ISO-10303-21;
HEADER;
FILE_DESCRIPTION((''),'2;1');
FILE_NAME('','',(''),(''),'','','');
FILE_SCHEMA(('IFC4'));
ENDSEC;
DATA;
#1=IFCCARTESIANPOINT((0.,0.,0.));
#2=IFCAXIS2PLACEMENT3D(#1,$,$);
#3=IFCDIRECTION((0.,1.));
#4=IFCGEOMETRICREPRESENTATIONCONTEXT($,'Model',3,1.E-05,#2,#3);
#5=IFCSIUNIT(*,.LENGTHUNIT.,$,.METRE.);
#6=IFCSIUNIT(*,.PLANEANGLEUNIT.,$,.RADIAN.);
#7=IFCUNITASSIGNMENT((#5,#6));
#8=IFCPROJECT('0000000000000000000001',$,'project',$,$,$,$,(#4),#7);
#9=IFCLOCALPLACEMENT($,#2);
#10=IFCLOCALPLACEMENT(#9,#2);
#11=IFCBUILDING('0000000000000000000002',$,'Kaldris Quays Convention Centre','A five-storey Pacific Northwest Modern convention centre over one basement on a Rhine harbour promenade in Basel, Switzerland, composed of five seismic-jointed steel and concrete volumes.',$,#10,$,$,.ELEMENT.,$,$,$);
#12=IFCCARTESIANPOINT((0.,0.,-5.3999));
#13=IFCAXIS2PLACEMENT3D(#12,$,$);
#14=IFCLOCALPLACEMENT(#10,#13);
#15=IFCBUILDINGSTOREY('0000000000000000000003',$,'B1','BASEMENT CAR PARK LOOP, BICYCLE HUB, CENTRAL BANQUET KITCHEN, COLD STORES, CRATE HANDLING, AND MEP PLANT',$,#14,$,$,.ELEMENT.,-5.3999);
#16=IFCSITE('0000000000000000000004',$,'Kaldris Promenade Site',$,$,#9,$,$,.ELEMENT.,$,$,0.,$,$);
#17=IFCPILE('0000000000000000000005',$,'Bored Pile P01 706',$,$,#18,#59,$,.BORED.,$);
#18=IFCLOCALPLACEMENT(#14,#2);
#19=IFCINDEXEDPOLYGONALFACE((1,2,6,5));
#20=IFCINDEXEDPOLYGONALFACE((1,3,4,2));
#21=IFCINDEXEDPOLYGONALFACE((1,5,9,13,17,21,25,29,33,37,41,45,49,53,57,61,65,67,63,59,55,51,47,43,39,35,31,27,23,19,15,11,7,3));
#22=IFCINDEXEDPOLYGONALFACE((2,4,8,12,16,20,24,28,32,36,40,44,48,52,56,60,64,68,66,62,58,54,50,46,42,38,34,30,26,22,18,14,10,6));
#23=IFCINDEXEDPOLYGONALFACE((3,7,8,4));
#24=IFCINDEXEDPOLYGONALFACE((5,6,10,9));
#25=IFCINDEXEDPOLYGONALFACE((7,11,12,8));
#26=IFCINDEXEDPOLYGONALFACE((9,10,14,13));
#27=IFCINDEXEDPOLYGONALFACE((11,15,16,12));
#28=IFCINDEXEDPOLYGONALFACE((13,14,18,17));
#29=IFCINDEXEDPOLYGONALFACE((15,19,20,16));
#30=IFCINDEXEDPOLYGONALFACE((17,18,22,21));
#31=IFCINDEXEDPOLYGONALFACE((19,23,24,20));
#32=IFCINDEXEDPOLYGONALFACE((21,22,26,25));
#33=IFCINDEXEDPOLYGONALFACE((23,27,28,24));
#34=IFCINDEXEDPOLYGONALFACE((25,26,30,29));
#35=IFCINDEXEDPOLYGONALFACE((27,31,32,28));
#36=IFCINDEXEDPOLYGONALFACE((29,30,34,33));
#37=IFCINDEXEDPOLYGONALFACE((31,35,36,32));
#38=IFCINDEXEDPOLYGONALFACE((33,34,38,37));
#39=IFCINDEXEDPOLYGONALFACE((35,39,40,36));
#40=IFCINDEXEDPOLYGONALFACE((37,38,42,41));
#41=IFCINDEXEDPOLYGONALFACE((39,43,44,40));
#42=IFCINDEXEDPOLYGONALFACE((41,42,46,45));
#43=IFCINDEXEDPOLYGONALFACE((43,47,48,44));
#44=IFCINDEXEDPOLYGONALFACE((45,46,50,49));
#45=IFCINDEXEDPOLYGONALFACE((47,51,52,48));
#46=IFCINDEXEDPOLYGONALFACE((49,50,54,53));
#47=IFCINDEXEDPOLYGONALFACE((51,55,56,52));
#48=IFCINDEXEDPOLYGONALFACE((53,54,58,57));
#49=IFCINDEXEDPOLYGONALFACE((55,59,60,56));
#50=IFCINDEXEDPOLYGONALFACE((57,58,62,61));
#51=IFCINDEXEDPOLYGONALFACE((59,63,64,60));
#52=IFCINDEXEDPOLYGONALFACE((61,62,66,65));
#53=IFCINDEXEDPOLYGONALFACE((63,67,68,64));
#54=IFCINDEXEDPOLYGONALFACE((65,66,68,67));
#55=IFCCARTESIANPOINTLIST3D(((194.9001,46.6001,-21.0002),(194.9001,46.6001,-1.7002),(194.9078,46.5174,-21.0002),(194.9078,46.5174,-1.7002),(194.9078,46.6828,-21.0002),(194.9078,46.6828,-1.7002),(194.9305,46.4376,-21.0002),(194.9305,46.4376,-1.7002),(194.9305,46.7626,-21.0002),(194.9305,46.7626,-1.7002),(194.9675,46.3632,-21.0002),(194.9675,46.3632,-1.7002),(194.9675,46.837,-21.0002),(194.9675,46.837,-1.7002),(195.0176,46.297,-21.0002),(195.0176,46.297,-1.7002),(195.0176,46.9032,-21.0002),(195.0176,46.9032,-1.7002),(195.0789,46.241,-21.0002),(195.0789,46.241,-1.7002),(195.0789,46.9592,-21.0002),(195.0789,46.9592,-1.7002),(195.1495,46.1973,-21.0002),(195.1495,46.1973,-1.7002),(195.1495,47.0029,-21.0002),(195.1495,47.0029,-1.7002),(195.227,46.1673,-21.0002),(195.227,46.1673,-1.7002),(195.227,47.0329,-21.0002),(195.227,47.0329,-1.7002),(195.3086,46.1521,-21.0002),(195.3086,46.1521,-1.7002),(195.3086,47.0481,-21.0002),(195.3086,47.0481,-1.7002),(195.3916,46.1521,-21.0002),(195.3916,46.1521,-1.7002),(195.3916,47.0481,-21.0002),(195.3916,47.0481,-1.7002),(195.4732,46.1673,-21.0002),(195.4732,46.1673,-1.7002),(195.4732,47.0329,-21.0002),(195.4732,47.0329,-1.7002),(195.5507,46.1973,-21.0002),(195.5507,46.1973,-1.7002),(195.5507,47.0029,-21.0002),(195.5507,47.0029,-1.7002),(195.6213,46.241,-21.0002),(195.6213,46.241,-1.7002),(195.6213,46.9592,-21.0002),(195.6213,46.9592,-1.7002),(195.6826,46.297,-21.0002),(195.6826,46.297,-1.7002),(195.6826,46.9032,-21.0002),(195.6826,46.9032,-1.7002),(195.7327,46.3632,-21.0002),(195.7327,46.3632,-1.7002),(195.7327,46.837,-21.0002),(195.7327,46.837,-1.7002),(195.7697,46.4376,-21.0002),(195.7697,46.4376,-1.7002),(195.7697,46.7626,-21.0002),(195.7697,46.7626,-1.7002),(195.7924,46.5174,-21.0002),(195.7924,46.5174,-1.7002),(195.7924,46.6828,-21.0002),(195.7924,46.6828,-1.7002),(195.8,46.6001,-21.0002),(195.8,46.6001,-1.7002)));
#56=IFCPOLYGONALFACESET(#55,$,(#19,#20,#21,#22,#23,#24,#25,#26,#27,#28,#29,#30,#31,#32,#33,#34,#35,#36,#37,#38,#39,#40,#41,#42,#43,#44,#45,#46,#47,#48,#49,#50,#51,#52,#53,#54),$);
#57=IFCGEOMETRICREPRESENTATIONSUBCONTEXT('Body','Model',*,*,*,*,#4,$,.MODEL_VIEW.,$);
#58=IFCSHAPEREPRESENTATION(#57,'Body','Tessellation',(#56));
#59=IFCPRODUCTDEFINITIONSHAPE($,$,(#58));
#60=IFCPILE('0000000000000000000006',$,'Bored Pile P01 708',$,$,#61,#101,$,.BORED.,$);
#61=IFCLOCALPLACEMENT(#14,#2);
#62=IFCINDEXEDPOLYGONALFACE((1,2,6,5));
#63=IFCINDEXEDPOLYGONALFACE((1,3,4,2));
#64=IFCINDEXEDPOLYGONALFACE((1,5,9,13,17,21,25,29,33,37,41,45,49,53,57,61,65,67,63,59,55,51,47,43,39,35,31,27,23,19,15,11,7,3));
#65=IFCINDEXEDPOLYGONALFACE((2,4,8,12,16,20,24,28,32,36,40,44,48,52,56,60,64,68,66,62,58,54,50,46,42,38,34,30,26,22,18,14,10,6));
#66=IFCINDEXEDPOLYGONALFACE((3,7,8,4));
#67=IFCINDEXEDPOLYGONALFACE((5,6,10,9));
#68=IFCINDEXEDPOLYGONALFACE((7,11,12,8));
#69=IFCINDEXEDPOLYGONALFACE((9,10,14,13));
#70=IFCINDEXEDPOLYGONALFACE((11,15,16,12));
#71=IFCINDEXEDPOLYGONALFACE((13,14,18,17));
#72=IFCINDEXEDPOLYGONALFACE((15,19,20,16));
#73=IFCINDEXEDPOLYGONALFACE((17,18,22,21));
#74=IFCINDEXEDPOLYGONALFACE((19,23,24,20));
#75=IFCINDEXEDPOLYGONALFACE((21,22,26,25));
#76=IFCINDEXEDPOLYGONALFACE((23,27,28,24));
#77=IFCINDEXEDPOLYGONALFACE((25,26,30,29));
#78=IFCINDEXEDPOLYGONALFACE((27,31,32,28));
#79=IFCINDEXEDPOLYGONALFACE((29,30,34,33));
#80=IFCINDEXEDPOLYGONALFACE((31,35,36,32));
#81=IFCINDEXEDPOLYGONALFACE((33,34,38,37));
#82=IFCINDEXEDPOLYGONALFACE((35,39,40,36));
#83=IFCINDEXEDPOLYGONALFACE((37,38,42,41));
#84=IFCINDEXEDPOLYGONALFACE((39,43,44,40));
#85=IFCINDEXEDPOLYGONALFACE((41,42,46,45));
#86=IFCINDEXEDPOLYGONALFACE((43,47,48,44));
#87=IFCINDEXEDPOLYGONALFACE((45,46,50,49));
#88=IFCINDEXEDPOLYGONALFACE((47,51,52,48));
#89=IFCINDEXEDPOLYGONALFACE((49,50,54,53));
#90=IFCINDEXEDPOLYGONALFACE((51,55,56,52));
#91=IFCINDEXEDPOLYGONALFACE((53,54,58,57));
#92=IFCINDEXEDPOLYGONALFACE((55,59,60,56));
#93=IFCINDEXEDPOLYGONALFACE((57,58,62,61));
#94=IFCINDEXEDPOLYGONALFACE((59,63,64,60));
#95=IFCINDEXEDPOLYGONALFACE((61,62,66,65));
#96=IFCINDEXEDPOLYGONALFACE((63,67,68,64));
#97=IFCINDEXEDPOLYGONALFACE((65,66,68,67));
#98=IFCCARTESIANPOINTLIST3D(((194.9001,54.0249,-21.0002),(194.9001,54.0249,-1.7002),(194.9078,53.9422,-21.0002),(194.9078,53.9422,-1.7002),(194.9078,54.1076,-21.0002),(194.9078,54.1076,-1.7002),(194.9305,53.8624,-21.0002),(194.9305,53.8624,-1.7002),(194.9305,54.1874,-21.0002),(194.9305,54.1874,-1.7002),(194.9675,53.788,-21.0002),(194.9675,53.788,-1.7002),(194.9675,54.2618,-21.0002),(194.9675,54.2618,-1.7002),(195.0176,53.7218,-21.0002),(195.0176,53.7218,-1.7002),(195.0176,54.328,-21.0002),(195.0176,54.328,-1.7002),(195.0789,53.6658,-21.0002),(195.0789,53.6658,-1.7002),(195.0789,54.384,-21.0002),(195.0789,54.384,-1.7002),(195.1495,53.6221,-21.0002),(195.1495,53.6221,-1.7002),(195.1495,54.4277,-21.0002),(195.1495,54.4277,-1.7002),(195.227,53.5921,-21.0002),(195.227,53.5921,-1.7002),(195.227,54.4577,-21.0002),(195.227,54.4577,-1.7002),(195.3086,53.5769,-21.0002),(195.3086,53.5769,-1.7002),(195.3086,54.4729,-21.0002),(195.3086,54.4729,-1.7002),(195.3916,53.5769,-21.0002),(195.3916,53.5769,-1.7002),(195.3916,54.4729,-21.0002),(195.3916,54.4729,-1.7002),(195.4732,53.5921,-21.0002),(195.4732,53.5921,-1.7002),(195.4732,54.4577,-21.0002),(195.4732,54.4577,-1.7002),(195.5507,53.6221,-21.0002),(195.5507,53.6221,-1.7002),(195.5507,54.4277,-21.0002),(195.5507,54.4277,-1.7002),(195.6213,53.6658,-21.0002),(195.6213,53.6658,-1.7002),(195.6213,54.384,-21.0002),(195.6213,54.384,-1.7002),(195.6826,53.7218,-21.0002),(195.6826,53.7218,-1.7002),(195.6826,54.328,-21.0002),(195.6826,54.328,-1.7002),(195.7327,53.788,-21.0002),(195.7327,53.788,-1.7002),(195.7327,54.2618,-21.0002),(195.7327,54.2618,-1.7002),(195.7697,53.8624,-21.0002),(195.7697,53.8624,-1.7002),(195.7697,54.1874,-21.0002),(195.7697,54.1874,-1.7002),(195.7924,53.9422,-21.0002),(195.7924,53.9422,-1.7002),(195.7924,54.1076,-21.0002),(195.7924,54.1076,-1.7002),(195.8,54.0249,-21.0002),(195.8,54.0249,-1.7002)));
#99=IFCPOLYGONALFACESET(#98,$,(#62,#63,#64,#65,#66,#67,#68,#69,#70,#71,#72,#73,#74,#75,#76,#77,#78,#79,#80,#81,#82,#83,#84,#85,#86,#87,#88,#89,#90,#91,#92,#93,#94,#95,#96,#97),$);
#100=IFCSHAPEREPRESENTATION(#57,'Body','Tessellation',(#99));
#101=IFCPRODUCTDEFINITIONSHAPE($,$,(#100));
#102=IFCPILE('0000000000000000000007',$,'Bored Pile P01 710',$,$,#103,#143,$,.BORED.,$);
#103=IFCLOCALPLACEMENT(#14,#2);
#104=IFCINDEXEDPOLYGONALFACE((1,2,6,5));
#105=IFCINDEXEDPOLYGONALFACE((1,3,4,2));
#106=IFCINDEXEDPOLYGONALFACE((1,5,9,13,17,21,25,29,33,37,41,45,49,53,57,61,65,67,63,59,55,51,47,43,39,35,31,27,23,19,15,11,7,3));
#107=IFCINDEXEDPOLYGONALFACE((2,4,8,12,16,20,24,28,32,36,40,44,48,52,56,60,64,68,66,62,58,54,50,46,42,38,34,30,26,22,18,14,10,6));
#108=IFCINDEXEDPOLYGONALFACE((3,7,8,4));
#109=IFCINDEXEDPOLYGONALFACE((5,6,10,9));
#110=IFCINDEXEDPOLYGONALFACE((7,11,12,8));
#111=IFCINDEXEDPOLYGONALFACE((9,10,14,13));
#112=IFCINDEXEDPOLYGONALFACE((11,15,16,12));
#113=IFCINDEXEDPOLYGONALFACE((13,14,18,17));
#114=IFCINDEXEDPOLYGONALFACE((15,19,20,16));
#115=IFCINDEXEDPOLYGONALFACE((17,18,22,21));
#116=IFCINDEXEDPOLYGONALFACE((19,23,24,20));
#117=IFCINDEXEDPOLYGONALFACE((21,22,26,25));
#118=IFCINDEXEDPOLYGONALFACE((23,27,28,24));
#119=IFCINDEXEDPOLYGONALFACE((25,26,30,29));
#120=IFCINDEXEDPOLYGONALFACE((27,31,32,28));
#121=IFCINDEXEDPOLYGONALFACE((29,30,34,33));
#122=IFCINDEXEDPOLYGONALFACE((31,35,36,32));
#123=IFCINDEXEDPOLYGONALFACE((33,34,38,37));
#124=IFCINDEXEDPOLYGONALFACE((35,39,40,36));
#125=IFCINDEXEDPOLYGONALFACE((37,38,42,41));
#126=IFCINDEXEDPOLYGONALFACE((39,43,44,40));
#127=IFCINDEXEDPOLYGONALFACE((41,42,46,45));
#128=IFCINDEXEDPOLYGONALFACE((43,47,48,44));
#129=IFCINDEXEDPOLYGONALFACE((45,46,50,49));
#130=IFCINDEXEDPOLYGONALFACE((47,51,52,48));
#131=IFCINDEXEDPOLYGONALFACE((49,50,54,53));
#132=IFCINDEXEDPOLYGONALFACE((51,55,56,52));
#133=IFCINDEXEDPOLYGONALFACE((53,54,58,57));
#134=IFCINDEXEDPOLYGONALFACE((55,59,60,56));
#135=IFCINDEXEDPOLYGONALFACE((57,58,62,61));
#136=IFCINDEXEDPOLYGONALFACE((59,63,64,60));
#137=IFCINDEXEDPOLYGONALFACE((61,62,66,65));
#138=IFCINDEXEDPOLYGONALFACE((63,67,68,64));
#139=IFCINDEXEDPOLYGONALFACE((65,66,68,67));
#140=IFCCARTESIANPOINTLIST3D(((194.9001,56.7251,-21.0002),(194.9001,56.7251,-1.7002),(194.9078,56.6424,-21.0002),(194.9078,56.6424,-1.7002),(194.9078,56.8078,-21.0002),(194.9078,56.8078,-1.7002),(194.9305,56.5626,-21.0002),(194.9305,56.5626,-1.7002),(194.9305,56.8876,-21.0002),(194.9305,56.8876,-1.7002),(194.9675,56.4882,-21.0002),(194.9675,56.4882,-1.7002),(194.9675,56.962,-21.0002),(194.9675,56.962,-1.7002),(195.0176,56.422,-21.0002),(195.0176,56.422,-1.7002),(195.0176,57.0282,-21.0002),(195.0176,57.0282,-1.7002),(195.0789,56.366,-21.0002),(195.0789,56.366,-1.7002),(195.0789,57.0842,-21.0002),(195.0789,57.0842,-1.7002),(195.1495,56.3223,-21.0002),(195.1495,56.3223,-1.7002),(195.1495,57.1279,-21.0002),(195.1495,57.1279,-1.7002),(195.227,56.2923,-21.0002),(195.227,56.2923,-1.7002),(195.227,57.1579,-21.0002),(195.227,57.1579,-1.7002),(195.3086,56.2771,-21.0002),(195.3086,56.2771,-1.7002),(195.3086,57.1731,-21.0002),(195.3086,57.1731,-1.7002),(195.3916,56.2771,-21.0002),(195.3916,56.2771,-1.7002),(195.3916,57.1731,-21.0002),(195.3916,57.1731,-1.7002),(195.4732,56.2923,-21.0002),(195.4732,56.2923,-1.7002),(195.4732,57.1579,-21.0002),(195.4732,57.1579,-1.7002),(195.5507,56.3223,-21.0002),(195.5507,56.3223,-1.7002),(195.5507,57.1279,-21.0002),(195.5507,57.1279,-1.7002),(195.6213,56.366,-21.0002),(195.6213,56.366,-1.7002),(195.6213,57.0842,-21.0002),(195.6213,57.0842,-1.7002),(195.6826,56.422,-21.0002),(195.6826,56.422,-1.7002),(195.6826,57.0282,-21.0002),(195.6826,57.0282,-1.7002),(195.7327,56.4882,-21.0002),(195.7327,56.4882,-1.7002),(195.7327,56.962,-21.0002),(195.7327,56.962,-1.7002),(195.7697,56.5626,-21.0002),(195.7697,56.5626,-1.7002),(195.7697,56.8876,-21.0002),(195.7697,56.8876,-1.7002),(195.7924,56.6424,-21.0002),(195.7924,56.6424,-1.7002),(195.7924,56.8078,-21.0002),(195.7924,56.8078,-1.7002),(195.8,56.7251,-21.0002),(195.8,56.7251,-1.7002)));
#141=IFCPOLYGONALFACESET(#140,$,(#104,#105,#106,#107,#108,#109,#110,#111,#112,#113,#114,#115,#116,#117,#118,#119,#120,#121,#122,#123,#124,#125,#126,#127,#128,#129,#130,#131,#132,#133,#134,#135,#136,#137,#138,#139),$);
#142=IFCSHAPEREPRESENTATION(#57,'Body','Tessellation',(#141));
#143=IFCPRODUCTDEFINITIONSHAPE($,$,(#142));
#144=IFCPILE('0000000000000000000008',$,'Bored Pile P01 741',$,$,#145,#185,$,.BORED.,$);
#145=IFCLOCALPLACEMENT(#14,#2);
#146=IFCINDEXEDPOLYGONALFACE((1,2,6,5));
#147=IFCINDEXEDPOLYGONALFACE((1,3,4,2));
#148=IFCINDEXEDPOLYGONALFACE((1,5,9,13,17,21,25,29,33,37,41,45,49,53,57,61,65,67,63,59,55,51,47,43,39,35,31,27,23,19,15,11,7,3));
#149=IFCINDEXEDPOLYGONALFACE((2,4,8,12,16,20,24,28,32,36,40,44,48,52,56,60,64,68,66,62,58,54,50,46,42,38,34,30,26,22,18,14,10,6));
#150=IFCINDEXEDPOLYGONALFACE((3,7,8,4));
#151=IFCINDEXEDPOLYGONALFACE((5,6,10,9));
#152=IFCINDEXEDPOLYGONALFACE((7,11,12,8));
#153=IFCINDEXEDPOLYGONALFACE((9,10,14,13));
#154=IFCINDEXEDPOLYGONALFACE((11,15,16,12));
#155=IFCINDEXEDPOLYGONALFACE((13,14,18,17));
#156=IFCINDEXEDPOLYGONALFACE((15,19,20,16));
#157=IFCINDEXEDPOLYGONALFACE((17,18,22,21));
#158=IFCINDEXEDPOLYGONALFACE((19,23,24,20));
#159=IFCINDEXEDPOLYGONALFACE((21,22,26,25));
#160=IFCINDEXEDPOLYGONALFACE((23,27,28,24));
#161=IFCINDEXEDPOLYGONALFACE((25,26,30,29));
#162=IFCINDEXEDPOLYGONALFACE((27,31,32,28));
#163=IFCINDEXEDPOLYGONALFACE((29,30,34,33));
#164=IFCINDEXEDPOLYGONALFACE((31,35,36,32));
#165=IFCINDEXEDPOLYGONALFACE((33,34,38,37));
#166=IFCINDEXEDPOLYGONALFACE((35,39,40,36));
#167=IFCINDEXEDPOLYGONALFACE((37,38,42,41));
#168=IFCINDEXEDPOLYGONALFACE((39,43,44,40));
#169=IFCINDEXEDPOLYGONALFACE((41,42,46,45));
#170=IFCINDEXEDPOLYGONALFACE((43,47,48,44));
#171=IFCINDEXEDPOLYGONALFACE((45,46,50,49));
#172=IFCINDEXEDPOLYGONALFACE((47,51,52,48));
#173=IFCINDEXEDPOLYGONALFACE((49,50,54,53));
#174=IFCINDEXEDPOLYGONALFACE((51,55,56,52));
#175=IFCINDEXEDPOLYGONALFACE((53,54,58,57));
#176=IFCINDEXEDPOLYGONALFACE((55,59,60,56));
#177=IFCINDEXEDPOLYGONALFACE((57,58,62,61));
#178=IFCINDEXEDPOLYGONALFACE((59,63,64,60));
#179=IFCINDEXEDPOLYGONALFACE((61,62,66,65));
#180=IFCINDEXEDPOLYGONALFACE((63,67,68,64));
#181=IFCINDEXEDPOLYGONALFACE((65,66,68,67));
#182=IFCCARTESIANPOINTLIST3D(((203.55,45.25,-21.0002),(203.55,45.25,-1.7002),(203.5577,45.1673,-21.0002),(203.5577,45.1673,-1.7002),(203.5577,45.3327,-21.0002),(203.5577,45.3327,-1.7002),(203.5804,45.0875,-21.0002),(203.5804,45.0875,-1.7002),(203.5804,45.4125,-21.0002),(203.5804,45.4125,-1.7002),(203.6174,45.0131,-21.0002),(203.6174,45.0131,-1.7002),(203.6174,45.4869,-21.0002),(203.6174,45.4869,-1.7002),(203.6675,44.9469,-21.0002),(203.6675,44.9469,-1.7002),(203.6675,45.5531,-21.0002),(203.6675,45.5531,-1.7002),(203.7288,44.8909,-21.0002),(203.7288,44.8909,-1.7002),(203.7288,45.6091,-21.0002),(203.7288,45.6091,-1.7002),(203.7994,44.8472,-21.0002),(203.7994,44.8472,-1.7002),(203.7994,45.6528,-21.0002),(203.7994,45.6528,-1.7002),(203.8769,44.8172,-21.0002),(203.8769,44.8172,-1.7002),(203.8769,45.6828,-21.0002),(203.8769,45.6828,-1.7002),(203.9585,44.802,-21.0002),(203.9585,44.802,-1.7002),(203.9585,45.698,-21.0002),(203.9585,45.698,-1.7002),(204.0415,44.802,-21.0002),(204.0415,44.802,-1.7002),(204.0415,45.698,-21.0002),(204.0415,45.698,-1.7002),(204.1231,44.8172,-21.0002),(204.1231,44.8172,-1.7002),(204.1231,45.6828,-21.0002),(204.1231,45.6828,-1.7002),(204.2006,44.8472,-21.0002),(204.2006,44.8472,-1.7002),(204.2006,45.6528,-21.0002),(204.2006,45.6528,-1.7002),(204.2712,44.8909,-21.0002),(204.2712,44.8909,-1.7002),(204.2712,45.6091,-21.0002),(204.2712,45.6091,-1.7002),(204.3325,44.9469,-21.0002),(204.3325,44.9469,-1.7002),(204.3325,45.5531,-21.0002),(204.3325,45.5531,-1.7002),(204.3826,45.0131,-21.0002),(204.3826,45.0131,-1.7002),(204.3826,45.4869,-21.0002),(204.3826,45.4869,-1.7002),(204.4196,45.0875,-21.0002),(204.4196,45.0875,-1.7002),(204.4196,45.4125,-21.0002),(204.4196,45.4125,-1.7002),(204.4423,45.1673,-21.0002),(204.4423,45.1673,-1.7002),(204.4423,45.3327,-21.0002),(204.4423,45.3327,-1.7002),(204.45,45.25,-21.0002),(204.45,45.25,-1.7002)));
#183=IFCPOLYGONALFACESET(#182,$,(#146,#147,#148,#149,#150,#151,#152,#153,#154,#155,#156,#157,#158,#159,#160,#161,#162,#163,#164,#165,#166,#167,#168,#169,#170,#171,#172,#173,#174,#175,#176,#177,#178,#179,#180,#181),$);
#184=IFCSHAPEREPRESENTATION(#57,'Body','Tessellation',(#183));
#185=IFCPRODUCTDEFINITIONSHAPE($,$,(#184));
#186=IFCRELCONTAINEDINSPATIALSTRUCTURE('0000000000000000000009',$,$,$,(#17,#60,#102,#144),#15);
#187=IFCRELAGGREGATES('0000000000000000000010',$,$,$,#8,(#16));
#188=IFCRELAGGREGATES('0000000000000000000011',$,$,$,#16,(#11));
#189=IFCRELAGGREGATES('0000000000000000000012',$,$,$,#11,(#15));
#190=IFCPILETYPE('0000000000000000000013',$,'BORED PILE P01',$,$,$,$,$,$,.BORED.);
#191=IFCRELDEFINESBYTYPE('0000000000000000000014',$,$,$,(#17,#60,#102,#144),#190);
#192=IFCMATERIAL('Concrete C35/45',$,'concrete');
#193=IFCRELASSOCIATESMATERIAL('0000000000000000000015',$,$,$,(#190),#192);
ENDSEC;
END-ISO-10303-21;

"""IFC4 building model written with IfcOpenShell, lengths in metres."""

from ifc_helpers import new_model, si_unit, direction, frame, origin, origin_2d, place, context, subcontext, project, spatial, circle, extrude, material, material_profile, profile_set, type_object, element, save


model = new_model("IFC4")

# Units and contexts
model_context = context("Model", 3, precision=1e-05, world=origin(), true_north=direction((0.0, 1.0)))
body_context = subcontext(model_context, "Body", "Model", "MODEL_VIEW")
ifc_project = project(units=[si_unit("LENGTHUNIT", "METRE"), si_unit("PLANEANGLEUNIT", "RADIAN")], contexts=[model_context])

# Site, building, storey
site_placement = place(None, origin())
site = spatial("IfcSite", under=ifc_project, at=site_placement, Name="Kaldris Promenade Site", CompositionType="ELEMENT", RefElevation=0.0)
building_placement = place(site_placement, origin())
building = spatial("IfcBuilding", under=site, at=building_placement, Name="Kaldris Quays Convention Centre", Description="A five-storey Pacific Northwest Modern convention centre over one basement on a Rhine harbour promenade in Basel, Switzerland, composed of five seismic-jointed steel and concrete volumes.", CompositionType="ELEMENT")
storey_placement = place(building_placement, frame((0.0, 0.0, -5.3999)))
storey = spatial("IfcBuildingStorey", under=building, at=storey_placement, Name="B1", Description="BASEMENT CAR PARK LOOP, BICYCLE HUB, CENTRAL BANQUET KITCHEN, COLD STORES, CRATE HANDLING, AND MEP PLANT", CompositionType="ELEMENT", Elevation=-5.3999)

# Piles
ifc_material_1 = material(Name="Concrete C35/45", Category="concrete")
ifc_material_profile_1 = material_profile(ifc_material_1, circle(Radius=0.45, at=origin_2d()), Name="BORED PILE D900")
ifc_profile_set_1 = profile_set([ifc_material_profile_1], Name="Concrete C35/45")
pile_type = type_object("IfcPileType", Name="BORED PILE P01", PredefinedType="BORED", material=ifc_profile_set_1)
for number, where, z_axis, x_axis, name in (
    (1, (195.3501, 46.6001, -1.7002), (0.0, 0.0, -1.0), (1.0, 0.0, 0.0), "Bored Pile P01 706"),
    (2, (195.3501, 54.0249, -1.7002), (0.0, 0.0, -1.0), (1.0, 0.0, 0.0), "Bored Pile P01 708"),
    (3, (195.3501, 56.7251, -1.7002), (0.0, 0.0, -1.0), (1.0, 0.0, 0.0), "Bored Pile P01 710"),
    (4, (204.0, 45.25, -1.7002), (0.0, 0.0, -1.0), (1.0, 0.0, 0.0), "Bored Pile P01 741"),
):
    element("IfcPile", number, at=place(storey_placement, frame(where, z_axis=z_axis, x_axis=x_axis)), inside=storey, type_object=pile_type, Name=name, PredefinedType="BORED", context=body_context, shape_type="SweptSolid", body=[
        extrude(circle(Radius=0.45, at=origin_2d()), origin(), (0.0, 0.0, 1.0), 19.3),
    ])

save(model, "model.ifc")
